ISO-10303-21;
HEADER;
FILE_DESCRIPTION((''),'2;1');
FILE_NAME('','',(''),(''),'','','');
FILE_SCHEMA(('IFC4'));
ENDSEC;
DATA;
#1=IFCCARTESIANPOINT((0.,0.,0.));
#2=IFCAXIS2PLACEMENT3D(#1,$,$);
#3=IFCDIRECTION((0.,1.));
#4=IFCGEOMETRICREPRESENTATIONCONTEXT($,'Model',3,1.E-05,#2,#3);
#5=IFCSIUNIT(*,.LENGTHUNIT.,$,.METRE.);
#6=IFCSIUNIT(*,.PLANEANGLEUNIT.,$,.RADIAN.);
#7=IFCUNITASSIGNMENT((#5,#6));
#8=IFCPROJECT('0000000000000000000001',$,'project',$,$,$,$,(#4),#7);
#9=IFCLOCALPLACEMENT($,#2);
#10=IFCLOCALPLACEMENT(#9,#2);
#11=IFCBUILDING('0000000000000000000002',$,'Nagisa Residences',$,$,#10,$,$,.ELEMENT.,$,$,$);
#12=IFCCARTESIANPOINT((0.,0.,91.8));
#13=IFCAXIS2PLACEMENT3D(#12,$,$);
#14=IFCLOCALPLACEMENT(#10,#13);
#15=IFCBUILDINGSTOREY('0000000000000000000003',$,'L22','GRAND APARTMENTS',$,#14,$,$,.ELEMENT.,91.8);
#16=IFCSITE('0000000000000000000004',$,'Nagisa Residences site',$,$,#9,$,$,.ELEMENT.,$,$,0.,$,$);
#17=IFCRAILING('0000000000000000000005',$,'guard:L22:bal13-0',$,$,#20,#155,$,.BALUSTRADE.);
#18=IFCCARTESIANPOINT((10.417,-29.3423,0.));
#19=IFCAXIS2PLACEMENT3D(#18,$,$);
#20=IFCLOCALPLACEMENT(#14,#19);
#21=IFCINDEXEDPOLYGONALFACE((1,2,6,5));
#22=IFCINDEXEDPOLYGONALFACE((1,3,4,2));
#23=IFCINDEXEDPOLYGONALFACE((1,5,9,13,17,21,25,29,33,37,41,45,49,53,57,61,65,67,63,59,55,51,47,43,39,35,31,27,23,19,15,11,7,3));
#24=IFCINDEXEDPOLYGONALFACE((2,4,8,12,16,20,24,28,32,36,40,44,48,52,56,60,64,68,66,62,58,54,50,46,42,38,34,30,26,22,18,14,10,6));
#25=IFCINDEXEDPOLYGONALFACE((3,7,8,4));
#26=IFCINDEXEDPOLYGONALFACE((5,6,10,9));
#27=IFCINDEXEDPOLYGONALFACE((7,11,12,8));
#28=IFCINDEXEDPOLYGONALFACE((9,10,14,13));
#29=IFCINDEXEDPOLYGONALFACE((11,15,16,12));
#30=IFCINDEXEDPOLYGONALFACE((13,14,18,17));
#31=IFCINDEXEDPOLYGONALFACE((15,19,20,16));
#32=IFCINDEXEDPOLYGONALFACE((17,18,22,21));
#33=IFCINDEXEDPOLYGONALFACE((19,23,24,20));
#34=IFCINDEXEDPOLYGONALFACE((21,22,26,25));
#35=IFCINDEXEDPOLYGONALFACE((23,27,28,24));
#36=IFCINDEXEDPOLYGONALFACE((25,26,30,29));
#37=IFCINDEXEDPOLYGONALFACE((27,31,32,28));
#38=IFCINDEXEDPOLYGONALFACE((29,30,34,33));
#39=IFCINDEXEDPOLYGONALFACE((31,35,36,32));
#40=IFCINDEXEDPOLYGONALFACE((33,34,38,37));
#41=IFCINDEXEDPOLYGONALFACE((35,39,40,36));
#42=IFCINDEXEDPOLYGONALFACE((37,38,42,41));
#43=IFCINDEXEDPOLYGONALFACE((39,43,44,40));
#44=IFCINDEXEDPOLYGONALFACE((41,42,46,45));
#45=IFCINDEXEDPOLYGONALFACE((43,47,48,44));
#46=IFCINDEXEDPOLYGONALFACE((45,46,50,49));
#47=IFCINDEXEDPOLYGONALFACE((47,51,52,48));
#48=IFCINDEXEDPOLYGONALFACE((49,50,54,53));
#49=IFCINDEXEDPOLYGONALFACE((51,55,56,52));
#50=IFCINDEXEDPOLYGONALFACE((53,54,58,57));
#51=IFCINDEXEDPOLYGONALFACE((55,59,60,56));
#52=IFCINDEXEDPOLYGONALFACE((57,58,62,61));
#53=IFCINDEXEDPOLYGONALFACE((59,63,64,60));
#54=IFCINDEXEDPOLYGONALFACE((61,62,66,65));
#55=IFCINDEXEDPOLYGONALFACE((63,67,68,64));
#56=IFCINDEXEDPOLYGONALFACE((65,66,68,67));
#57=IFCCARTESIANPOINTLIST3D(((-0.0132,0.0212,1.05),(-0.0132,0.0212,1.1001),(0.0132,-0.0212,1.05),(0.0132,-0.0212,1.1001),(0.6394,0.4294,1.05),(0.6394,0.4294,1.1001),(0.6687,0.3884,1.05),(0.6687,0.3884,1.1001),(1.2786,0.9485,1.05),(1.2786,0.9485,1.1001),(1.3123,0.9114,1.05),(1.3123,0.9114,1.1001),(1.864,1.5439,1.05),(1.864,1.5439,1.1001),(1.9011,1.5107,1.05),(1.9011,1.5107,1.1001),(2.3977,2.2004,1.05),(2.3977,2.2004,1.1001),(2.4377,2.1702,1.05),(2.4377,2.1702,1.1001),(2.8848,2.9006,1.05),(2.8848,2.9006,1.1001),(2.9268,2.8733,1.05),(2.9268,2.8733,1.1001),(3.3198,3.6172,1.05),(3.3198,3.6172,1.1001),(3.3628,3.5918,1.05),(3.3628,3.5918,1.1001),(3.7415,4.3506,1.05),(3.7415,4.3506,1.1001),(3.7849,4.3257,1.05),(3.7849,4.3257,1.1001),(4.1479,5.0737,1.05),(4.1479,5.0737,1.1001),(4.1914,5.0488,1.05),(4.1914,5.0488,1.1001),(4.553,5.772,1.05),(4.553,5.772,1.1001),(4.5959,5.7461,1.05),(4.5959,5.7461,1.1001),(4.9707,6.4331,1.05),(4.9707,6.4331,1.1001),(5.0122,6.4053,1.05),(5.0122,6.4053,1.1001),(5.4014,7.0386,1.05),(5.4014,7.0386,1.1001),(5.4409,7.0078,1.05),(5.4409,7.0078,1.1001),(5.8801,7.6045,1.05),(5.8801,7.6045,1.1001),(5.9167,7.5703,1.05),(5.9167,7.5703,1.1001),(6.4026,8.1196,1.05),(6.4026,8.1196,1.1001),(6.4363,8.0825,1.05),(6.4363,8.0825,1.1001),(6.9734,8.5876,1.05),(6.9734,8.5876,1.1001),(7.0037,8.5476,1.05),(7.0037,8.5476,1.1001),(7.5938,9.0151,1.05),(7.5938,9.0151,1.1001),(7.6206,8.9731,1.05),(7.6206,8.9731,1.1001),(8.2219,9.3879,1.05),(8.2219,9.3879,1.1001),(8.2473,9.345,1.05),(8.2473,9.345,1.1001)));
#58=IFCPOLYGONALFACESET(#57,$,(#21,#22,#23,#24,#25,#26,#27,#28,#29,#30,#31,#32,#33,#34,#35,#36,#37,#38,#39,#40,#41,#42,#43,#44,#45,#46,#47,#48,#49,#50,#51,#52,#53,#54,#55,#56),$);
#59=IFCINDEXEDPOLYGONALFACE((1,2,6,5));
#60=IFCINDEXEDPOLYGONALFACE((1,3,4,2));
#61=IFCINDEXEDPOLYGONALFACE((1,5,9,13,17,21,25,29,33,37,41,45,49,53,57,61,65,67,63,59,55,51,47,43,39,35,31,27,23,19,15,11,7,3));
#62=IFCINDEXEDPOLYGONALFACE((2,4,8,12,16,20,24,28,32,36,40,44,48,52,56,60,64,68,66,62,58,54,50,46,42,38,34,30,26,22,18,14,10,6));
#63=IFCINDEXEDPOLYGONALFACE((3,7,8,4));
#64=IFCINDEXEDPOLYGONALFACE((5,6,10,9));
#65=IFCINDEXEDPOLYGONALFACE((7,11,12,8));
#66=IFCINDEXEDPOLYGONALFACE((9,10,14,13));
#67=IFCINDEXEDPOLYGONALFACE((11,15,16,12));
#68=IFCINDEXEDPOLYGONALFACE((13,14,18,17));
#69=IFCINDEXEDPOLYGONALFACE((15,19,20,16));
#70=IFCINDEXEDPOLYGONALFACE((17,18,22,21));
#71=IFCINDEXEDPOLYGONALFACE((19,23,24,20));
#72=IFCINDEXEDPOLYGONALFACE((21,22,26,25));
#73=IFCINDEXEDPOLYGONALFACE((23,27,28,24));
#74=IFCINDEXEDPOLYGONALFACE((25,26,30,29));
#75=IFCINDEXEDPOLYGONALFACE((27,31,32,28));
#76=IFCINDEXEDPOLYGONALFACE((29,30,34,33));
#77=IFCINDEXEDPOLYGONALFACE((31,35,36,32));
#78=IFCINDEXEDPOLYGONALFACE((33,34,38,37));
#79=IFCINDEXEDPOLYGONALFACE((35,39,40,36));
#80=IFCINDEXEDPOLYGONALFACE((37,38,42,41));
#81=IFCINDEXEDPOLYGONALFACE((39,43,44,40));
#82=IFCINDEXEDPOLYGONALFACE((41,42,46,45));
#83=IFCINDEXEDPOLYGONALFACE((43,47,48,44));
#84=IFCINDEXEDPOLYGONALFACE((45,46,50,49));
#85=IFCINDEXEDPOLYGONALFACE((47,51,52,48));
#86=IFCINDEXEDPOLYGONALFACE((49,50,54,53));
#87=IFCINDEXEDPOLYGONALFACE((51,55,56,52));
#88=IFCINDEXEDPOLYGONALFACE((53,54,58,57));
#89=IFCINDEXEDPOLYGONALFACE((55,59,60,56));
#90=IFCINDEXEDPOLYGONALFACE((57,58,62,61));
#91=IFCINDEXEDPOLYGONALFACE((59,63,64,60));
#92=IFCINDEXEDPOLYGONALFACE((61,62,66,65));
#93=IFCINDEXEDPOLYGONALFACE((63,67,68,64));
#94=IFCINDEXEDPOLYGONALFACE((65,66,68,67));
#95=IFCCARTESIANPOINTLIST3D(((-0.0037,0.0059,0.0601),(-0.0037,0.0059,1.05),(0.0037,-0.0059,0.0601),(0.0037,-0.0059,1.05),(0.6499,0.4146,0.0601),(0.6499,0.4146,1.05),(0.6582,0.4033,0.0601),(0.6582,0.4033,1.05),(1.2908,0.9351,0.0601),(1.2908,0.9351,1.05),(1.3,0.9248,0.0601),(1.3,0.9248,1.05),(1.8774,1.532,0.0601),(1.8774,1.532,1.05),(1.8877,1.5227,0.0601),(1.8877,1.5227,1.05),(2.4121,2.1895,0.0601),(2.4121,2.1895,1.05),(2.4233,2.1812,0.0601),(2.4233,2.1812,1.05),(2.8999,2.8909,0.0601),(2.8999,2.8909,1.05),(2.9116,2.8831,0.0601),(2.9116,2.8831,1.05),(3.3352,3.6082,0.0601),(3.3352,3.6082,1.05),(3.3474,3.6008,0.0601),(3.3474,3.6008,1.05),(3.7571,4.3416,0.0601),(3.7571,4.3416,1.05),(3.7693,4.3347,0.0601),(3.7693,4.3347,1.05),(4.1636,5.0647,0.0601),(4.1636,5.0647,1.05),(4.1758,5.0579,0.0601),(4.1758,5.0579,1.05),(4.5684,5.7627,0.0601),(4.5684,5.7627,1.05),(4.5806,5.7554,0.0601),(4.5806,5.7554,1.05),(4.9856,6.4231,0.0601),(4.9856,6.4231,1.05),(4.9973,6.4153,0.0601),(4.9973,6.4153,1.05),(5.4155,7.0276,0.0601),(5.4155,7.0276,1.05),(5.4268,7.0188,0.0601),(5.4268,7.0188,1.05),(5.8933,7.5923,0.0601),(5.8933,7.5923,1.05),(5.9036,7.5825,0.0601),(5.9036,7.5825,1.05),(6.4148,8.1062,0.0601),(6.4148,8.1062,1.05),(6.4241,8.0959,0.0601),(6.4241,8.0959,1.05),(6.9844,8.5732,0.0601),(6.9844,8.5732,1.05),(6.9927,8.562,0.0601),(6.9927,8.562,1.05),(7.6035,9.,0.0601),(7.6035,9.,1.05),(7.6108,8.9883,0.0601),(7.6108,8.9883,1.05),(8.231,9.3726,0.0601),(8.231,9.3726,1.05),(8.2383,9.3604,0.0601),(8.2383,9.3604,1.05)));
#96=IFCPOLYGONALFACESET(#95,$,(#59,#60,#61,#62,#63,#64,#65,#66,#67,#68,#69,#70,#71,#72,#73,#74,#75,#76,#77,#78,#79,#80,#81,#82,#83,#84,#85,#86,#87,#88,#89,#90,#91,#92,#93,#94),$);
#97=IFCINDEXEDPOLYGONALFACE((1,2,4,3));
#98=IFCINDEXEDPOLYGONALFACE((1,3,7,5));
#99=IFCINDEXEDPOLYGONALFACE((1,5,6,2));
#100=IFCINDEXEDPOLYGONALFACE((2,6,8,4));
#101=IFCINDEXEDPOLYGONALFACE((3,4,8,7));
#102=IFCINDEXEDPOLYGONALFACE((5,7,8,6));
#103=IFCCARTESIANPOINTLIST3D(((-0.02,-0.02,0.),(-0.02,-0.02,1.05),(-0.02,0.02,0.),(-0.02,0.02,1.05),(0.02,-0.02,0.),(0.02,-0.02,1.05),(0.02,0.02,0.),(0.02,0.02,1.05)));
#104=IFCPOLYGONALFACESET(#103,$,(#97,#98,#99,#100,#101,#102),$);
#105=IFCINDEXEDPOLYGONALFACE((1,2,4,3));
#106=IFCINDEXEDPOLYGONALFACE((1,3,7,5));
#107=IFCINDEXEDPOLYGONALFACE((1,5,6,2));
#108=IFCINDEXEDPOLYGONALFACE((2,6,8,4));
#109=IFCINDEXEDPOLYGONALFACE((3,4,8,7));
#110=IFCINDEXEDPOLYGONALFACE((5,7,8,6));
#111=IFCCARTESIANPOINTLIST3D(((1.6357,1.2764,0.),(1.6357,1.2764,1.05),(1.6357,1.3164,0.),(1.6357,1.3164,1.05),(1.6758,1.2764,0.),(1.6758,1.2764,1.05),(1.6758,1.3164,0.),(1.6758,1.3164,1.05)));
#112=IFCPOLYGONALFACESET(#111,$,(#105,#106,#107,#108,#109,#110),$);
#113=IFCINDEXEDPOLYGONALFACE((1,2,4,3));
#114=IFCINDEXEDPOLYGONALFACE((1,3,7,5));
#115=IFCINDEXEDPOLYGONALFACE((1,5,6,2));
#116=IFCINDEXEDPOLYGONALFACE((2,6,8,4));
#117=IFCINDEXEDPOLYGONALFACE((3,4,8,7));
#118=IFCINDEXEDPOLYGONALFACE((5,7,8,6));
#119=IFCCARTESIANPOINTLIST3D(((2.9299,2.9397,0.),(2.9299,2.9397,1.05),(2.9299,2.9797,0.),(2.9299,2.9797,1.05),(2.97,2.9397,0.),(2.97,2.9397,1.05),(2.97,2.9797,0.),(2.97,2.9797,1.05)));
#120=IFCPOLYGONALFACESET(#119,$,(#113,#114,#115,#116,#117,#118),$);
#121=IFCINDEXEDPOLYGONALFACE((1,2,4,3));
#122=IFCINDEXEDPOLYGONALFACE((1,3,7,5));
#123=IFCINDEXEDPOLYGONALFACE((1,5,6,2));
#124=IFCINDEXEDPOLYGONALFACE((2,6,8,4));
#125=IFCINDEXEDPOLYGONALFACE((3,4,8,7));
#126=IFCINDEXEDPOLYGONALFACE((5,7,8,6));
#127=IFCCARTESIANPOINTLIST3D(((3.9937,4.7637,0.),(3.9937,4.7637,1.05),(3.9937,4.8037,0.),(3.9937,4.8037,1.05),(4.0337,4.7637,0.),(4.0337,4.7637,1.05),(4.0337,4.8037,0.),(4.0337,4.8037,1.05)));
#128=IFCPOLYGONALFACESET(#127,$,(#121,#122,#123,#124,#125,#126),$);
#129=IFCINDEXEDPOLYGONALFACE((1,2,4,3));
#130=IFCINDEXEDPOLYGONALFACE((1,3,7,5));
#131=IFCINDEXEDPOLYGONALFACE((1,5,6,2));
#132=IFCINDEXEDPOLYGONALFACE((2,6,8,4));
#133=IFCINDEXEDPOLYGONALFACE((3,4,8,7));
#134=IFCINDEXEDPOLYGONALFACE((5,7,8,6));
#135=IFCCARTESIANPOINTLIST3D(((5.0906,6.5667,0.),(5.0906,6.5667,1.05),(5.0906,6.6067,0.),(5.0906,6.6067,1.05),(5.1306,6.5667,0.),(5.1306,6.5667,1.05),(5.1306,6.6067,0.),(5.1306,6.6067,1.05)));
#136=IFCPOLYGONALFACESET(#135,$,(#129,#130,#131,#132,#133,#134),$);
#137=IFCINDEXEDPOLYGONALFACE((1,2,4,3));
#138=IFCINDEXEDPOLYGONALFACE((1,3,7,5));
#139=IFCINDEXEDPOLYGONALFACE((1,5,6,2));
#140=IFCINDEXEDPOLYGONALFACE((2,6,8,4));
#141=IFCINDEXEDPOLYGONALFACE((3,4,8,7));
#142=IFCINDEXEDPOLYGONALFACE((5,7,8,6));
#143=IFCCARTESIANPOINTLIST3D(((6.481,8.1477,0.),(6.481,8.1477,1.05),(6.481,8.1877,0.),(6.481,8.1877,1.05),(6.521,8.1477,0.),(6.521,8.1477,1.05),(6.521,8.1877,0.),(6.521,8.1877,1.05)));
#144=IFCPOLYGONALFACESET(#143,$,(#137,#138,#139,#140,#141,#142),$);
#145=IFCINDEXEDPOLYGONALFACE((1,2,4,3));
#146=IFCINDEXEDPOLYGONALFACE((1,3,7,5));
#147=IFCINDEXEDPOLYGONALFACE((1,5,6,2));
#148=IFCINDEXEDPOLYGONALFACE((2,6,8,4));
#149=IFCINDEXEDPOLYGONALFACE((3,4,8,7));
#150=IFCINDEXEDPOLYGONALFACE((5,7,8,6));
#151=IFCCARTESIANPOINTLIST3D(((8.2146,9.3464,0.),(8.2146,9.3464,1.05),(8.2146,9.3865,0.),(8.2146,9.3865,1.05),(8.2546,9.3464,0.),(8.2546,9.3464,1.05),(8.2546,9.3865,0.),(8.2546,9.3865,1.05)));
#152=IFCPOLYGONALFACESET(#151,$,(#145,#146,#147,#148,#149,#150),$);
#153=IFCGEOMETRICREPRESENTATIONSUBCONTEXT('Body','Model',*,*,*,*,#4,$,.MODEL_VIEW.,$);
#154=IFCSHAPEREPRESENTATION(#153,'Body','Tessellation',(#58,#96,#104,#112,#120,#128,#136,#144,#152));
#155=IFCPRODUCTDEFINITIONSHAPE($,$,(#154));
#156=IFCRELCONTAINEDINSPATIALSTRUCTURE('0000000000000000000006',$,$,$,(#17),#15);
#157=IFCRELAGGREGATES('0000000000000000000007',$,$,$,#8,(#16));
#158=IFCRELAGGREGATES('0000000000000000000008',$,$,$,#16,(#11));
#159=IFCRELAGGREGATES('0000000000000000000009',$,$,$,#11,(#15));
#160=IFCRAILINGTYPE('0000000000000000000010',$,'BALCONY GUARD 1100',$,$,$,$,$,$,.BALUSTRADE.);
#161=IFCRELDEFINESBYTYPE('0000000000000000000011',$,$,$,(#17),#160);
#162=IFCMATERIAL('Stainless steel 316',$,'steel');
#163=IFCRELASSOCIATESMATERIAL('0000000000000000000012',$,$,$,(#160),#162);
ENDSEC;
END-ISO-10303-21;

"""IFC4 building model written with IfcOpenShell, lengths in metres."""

from ifc_helpers import new_model, si_unit, direction, frame, origin, origin_2d, place, context, subcontext, project, spatial, polyline, rectangle, outline, extrude, material, type_object, element, save


model = new_model("IFC4")

# Units and contexts
model_context = context("Model", 3, precision=1e-05, world=origin(), true_north=direction((0.0, 1.0)))
body_context = subcontext(model_context, "Body", "Model", "MODEL_VIEW")
ifc_project = project(units=[si_unit("LENGTHUNIT", "METRE"), si_unit("PLANEANGLEUNIT", "RADIAN")], contexts=[model_context])

# Site, building, storey
site_placement = place(None, origin())
site = spatial("IfcSite", under=ifc_project, at=site_placement, Name="Nagisa Residences site", CompositionType="ELEMENT", RefElevation=0.0)
building_placement = place(site_placement, origin())
building = spatial("IfcBuilding", under=site, at=building_placement, Name="Nagisa Residences", CompositionType="ELEMENT")
storey_placement = place(building_placement, frame((0.0, 0.0, 91.8)))
storey = spatial("IfcBuildingStorey", under=building, at=storey_placement, Name="L22", Description="GRAND APARTMENTS", CompositionType="ELEMENT", Elevation=91.8)

# Railing
ifc_material_1 = material(Name="Stainless steel 316", Category="steel")
railing_type = type_object("IfcRailingType", Name="BALCONY GUARD 1100", PredefinedType="BALUSTRADE", material=ifc_material_1)
railing_1_placement = place(storey_placement, frame((10.417, -29.3423, 0.0)))
element("IfcRailing", 1, at=railing_1_placement, inside=storey, type_object=railing_type, Name="guard:L22:bal13-0", PredefinedType="BALUSTRADE", context=body_context, shape_type="SweptSolid", body=[
    extrude(outline(polyline([(0.6394, 0.4294), (-0.0132, 0.0212), (0.0132, -0.0212), (0.6687, 0.3884), (1.3123, 0.9114), (1.9011, 1.5107), (2.4377, 2.1702), (2.9268, 2.8733), (3.3628, 3.5918), (3.7849, 4.3257), (4.1914, 5.0488), (4.5959, 5.7461), (5.0122, 6.4053), (5.4409, 7.0078), (5.9167, 7.5703), (6.4363, 8.0825), (7.0037, 8.5476), (7.6206, 8.9731), (8.2473, 9.345), (8.2219, 9.3879), (7.5938, 9.0151), (6.9734, 8.5876), (6.4026, 8.1196), (5.8801, 7.6045), (5.4014, 7.0386), (4.9707, 6.4331), (4.553, 5.772), (4.1479, 5.0737), (3.7415, 4.3506), (3.3198, 3.6172), (2.8848, 2.9006), (2.3977, 2.2004), (1.864, 1.5439), (1.2786, 0.9485), (0.6394, 0.4294)])), frame((0.0, 0.0, 1.05)), (0.0, 0.0, 1.0), 0.05),
    extrude(outline(polyline([(0.6499, 0.4146), (-0.0037, 0.0059), (0.0037, -0.0059), (0.6582, 0.4033), (1.3, 0.9248), (1.8877, 1.5227), (2.4233, 2.1812), (2.9116, 2.8831), (3.3474, 3.6008), (3.7693, 4.3347), (4.1758, 5.0579), (4.5806, 5.7554), (4.9973, 6.4153), (5.4268, 7.0188), (5.9036, 7.5825), (6.4241, 8.0959), (6.9927, 8.562), (7.6108, 8.9883), (8.2383, 9.3604), (8.231, 9.3726), (7.6035, 9.0), (6.9844, 8.5732), (6.4148, 8.1062), (5.8933, 7.5923), (5.4155, 7.0276), (4.9856, 6.4231), (4.5684, 5.7627), (4.1636, 5.0647), (3.7571, 4.3416), (3.3352, 3.6082), (2.8999, 2.8909), (2.4121, 2.1895), (1.8774, 1.532), (1.2908, 0.9351), (0.6499, 0.4146)])), frame((0.0, 0.0, 0.0601)), (0.0, 0.0, 1.0), 0.99),
    extrude(rectangle(XDim=0.04, YDim=0.04, at=origin_2d()), origin(), (0.0, 0.0, 1.0), 1.05),
    extrude(rectangle(XDim=0.04, YDim=0.04, at=origin_2d()), frame((1.6558, 1.2964, 0.0)), (0.0, 0.0, 1.0), 1.05),
    extrude(rectangle(XDim=0.04, YDim=0.04, at=origin_2d()), frame((2.95, 2.9597, 0.0)), (0.0, 0.0, 1.0), 1.05),
    extrude(rectangle(XDim=0.04, YDim=0.04, at=origin_2d()), frame((4.0137, 4.7837, 0.0)), (0.0, 0.0, 1.0), 1.05),
    extrude(rectangle(XDim=0.04, YDim=0.04, at=origin_2d()), frame((5.1106, 6.5867, 0.0)), (0.0, 0.0, 1.0), 1.05),
    extrude(rectangle(XDim=0.04, YDim=0.04, at=origin_2d()), frame((6.501, 8.1677, 0.0)), (0.0, 0.0, 1.0), 1.05),
    extrude(rectangle(XDim=0.04, YDim=0.04, at=origin_2d()), frame((8.2346, 9.3665, 0.0)), (0.0, 0.0, 1.0), 1.05),
])

save(model, "model.ifc")
